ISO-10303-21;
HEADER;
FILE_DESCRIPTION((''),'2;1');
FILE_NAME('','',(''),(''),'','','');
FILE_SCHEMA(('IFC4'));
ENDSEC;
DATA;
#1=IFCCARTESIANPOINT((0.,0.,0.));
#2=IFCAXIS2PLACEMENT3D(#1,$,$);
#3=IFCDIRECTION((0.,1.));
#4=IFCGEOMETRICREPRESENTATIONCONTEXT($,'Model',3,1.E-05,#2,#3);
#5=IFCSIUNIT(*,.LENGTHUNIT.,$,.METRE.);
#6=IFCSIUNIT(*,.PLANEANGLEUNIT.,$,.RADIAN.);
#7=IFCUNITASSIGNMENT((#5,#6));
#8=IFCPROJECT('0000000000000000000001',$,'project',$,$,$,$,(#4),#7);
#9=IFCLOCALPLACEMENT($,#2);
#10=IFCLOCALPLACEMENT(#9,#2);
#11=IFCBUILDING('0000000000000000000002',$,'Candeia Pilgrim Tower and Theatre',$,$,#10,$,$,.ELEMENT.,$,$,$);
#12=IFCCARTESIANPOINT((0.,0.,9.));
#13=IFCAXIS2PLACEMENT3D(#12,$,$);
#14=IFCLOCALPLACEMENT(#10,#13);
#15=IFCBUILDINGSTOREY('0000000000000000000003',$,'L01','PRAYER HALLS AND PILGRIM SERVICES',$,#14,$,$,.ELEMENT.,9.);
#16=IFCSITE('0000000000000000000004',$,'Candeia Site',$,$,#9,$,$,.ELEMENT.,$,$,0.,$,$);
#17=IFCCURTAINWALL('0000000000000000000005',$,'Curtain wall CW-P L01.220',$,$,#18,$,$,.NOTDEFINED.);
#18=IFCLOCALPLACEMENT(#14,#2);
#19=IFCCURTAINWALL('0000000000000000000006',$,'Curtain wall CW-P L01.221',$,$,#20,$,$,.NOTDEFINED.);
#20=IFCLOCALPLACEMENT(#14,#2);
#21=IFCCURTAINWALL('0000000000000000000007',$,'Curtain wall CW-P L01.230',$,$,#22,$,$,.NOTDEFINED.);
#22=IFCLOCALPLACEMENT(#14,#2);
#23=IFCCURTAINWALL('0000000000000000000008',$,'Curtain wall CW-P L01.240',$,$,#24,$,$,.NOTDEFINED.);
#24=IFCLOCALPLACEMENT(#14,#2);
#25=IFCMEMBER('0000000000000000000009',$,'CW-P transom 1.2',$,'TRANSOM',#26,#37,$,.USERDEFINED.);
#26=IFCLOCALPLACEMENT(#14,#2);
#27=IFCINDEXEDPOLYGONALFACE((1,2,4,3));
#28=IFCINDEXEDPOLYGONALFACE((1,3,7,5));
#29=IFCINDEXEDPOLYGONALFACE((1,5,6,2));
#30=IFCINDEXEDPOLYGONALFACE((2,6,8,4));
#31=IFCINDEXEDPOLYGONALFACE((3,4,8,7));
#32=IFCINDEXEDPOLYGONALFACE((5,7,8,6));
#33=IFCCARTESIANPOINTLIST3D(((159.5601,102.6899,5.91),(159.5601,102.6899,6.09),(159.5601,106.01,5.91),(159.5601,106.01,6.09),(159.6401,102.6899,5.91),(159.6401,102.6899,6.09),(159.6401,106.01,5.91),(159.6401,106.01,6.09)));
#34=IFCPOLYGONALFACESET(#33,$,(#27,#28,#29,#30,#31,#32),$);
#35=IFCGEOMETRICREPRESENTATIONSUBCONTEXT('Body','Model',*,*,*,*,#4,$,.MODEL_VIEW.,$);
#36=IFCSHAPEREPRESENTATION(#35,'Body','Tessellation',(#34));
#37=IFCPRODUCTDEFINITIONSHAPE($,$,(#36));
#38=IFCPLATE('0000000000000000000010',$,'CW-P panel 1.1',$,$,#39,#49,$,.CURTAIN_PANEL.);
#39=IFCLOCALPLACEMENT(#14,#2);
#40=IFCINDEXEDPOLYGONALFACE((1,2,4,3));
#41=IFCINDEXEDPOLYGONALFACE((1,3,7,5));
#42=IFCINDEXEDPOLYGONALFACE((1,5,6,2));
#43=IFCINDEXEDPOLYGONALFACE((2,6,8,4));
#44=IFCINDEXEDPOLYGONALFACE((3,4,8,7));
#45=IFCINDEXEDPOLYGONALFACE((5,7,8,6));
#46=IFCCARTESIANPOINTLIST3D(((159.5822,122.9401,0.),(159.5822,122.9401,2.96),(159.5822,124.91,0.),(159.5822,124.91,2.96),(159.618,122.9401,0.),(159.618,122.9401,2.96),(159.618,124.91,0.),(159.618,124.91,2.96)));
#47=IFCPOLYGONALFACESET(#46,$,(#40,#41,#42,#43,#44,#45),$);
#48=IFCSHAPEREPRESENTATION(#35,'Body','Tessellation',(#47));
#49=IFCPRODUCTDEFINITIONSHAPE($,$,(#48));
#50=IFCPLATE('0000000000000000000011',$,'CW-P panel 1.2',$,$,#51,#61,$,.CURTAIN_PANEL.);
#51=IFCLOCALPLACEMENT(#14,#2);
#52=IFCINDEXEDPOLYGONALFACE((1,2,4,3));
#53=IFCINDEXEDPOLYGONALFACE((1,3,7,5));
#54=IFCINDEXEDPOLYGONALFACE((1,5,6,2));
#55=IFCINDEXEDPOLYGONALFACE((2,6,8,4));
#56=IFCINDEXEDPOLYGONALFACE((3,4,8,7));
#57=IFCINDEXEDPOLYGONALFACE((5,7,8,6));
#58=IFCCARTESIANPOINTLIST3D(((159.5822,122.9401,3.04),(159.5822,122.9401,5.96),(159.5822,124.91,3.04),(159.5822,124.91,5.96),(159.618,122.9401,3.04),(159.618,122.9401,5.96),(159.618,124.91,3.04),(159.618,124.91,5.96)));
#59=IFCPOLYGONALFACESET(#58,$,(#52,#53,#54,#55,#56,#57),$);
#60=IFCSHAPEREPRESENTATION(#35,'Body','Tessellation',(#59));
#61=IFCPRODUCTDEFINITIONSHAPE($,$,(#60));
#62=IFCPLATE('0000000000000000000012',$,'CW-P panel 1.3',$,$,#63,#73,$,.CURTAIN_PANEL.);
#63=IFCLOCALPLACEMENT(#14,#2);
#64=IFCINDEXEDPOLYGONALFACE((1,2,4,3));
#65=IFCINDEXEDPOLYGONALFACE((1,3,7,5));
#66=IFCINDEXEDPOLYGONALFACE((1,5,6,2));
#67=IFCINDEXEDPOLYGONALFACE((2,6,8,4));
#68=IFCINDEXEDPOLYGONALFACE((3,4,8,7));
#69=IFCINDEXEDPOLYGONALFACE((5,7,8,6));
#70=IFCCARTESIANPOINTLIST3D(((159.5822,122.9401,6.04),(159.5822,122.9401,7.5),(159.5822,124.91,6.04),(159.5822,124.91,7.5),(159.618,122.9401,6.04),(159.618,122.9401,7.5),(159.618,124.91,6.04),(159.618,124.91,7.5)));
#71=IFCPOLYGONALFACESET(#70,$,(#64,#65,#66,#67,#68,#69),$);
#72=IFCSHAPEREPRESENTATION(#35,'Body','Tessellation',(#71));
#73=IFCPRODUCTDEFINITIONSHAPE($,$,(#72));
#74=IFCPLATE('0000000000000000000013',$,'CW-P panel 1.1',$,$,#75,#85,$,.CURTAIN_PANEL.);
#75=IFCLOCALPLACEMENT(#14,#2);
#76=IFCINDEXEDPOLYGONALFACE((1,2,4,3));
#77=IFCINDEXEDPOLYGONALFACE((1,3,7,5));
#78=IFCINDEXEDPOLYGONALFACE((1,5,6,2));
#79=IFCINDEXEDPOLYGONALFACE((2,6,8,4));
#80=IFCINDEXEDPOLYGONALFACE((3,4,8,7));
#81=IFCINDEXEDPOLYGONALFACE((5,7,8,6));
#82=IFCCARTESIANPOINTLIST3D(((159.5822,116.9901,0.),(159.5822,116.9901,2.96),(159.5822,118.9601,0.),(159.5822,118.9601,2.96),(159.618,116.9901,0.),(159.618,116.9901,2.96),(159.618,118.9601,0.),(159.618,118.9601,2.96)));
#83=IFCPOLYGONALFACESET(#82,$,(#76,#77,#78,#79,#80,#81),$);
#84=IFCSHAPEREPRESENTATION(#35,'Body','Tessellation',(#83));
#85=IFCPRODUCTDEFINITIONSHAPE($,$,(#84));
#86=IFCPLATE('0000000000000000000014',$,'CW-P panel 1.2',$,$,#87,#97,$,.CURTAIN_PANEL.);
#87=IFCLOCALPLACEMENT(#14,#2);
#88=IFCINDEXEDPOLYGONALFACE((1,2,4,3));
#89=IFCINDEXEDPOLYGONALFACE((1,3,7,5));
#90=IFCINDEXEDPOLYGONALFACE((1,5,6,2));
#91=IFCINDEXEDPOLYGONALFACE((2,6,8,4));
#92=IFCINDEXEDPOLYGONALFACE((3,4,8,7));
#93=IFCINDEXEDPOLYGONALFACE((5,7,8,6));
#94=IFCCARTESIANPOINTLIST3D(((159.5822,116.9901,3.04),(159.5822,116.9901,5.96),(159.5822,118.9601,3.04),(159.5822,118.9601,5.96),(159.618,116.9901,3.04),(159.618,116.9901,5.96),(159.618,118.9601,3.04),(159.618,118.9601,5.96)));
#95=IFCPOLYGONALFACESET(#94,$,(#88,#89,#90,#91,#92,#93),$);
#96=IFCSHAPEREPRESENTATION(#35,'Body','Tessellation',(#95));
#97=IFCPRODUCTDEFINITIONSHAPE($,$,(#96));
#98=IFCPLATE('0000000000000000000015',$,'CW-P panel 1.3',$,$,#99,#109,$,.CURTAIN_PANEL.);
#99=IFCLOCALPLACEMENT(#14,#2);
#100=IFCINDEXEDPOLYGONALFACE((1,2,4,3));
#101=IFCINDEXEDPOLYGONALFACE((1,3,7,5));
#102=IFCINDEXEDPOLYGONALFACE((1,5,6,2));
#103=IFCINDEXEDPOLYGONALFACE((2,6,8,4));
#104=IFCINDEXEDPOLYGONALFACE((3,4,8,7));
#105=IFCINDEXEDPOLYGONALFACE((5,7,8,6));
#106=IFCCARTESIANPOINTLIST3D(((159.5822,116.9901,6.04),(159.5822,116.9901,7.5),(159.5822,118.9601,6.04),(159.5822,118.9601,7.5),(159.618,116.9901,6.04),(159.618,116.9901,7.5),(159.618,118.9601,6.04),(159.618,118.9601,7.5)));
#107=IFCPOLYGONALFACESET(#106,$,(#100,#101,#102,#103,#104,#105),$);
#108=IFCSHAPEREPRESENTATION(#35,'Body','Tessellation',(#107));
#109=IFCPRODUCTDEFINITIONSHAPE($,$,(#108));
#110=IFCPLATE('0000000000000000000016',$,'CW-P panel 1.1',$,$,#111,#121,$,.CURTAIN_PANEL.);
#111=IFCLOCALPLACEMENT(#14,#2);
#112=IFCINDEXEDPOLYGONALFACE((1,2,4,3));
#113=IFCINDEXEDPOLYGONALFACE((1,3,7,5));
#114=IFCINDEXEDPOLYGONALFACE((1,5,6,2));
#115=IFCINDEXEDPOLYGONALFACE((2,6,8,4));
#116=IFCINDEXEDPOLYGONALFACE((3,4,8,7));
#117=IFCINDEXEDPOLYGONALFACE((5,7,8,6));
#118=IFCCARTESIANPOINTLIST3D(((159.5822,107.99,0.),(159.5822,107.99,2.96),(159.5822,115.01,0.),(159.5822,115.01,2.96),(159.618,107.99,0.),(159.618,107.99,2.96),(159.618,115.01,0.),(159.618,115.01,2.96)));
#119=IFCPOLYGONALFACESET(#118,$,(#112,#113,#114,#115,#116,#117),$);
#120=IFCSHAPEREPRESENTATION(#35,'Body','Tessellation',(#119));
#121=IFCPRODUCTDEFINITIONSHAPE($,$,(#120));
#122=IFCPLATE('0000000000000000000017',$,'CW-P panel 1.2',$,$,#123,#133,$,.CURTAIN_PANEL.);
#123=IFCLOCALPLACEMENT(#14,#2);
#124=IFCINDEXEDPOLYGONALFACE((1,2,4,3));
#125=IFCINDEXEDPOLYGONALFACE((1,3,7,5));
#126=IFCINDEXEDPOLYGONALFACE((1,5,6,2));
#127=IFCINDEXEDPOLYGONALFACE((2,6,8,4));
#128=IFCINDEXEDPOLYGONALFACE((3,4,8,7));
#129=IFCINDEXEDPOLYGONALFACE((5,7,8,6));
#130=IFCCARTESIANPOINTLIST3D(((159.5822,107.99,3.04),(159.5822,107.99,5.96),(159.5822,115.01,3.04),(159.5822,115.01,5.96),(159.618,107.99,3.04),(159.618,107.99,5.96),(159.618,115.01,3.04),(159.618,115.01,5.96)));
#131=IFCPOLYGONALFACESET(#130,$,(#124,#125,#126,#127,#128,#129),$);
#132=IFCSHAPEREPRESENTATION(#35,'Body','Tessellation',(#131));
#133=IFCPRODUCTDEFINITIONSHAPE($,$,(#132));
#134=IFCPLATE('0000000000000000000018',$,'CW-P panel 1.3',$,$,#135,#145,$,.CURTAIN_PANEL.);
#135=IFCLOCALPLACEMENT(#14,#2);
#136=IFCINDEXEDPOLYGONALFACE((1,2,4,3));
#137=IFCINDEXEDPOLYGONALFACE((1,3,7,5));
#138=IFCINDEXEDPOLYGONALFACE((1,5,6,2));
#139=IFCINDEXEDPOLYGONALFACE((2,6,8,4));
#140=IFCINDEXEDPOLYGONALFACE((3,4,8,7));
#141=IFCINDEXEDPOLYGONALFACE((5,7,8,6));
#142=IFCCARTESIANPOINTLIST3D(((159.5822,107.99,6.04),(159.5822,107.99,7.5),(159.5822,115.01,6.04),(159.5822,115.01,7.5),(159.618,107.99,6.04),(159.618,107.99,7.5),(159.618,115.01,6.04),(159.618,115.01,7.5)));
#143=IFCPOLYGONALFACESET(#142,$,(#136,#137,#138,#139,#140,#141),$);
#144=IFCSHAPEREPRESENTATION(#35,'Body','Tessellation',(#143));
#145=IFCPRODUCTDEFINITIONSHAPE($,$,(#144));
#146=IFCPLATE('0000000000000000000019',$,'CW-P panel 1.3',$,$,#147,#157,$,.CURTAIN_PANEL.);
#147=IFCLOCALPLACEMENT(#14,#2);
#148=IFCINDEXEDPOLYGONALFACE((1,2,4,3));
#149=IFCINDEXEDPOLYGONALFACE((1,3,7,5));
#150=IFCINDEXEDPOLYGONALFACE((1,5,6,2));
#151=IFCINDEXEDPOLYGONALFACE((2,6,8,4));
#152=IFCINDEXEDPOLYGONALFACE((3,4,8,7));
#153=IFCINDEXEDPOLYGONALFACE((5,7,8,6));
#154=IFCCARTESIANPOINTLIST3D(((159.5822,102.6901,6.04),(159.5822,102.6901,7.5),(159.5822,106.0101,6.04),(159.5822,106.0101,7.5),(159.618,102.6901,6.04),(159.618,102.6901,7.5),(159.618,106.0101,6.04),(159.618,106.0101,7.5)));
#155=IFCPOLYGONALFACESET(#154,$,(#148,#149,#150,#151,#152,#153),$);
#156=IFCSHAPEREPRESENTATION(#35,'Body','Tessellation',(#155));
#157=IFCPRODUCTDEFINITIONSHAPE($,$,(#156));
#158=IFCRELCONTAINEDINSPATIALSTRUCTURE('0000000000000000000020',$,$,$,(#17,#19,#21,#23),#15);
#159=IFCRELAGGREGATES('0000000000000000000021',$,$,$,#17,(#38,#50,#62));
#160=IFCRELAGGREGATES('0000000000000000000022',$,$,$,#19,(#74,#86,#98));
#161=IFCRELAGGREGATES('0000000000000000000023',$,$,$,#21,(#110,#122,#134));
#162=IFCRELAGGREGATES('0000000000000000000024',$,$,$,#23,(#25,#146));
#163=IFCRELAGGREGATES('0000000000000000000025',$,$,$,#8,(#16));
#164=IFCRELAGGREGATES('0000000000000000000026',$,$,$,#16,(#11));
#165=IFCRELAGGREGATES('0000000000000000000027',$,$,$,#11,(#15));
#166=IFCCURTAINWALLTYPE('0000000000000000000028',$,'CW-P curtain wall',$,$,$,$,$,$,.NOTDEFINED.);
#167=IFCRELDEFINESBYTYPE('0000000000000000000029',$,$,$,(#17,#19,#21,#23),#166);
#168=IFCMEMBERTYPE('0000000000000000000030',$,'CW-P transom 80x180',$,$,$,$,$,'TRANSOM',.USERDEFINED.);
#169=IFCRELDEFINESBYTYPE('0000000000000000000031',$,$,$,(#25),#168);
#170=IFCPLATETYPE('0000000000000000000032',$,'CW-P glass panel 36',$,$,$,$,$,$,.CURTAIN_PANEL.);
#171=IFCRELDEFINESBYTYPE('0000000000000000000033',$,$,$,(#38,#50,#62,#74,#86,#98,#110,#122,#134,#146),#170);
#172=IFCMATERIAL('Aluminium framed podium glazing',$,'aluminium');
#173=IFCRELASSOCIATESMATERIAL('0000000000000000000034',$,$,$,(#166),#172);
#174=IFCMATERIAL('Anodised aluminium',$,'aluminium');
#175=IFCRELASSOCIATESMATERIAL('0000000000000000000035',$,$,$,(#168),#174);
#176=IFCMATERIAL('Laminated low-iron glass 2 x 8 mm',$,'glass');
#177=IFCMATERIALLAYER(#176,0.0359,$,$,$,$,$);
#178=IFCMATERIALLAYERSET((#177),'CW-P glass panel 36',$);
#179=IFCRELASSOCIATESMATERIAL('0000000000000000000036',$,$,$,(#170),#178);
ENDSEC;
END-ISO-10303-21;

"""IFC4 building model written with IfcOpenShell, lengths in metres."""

from ifc_helpers import new_model, si_unit, direction, frame, origin, origin_2d, place, context, subcontext, project, spatial, rectangle, extrude, material, layer, layer_set, material_profile, profile_set, type_object, element, aggregate, save


model = new_model("IFC4")

# Units and contexts
model_context = context("Model", 3, precision=1e-05, world=origin(), true_north=direction((0.0, 1.0)))
body_context = subcontext(model_context, "Body", "Model", "MODEL_VIEW")
ifc_project = project(units=[si_unit("LENGTHUNIT", "METRE"), si_unit("PLANEANGLEUNIT", "RADIAN")], contexts=[model_context])

# Site, building, storey
site_placement = place(None, origin())
site = spatial("IfcSite", under=ifc_project, at=site_placement, Name="Candeia Site", CompositionType="ELEMENT", RefElevation=0.0)
building_placement = place(site_placement, origin())
building = spatial("IfcBuilding", under=site, at=building_placement, Name="Candeia Pilgrim Tower and Theatre", CompositionType="ELEMENT")
storey_placement = place(building_placement, frame((0.0, 0.0, 9.0)))
storey = spatial("IfcBuildingStorey", under=building, at=storey_placement, Name="L01", Description="PRAYER HALLS AND PILGRIM SERVICES", CompositionType="ELEMENT", Elevation=9.0)

# Curtain wall
ifc_material_1 = material(Name="Aluminium framed podium glazing", Category="aluminium")
curtain_wall_type = type_object("IfcCurtainWallType", Name="CW-P curtain wall", PredefinedType="NOTDEFINED", material=ifc_material_1)
curtain_wall_1_placement = place(storey_placement, origin())
curtain_wall_1 = element("IfcCurtainWall", 1, at=curtain_wall_1_placement, inside=storey, type_object=curtain_wall_type, Name="Curtain wall CW-P L01.220", PredefinedType="NOTDEFINED")
ifc_material_2 = material(Name="Anodised aluminium", Category="aluminium")

# Curtain walls
curtain_wall_2_placement = place(storey_placement, origin())
curtain_wall_2 = element("IfcCurtainWall", 2, at=curtain_wall_2_placement, inside=storey, type_object=curtain_wall_type, Name="Curtain wall CW-P L01.221", PredefinedType="NOTDEFINED")
curtain_wall_3_placement = place(storey_placement, origin())
curtain_wall_3 = element("IfcCurtainWall", 3, at=curtain_wall_3_placement, inside=storey, type_object=curtain_wall_type, Name="Curtain wall CW-P L01.230", PredefinedType="NOTDEFINED")

# Curtain wall
curtain_wall_4_placement = place(storey_placement, origin())
curtain_wall_4 = element("IfcCurtainWall", 4, at=curtain_wall_4_placement, inside=storey, type_object=curtain_wall_type, Name="Curtain wall CW-P L01.240", PredefinedType="NOTDEFINED")

# Member
ifc_material_profile_1 = material_profile(ifc_material_2, rectangle(XDim=0.0801, YDim=0.1799, at=origin_2d()))
ifc_profile_set_1 = profile_set([ifc_material_profile_1], Name="Anodised aluminium")
member_type_1 = type_object("IfcMemberType", Name="CW-P transom 80x180", ElementType="TRANSOM", PredefinedType="USERDEFINED", material=ifc_profile_set_1)
member_1_placement = place(storey_placement, frame((159.6001, 106.01, 6.0), z_axis=(0.0, -1.0, 0.0), x_axis=(1.0, 0.0, 0.0)))
member_1 = element("IfcMember", 5, at=member_1_placement, type_object=member_type_1, Name="CW-P transom 1.2", ObjectType="TRANSOM", PredefinedType="USERDEFINED", context=body_context, shape_type="SweptSolid", body=[
    extrude(rectangle(XDim=0.0801, YDim=0.1799, at=origin_2d()), origin(), (0.0, 0.0, 1.0), 3.3201),
])

# Plates
ifc_material_3 = material(Name="Laminated low-iron glass 2 x 8 mm", Category="glass")
ifc_layer_1 = layer(ifc_material_3, 0.0359)
ifc_layer_set_1 = layer_set([ifc_layer_1], Name="CW-P glass panel 36")
plate_type = type_object("IfcPlateType", Name="CW-P glass panel 36", PredefinedType="CURTAIN_PANEL", material=ifc_layer_set_1)
plate_1_placement = place(storey_placement, frame((159.6001, 123.925, 0.0), z_axis=(0.0, 0.0, 1.0), x_axis=(0.0, -1.0, 0.0)))
plate_1 = element("IfcPlate", 6, at=plate_1_placement, type_object=plate_type, Name="CW-P panel 1.1", PredefinedType="CURTAIN_PANEL", context=body_context, shape_type="SweptSolid", body=[
    extrude(rectangle(XDim=1.97, YDim=0.0359, at=origin_2d()), origin(), (0.0, 0.0, 1.0), 2.96),
])
plate_2_placement = place(storey_placement, frame((159.6001, 123.925, 3.04), z_axis=(0.0, 0.0, 1.0), x_axis=(0.0, -1.0, 0.0)))
plate_2 = element("IfcPlate", 7, at=plate_2_placement, type_object=plate_type, Name="CW-P panel 1.2", PredefinedType="CURTAIN_PANEL", context=body_context, shape_type="SweptSolid", body=[
    extrude(rectangle(XDim=1.97, YDim=0.0359, at=origin_2d()), origin(), (0.0, 0.0, 1.0), 2.9199),
])
plate_3_placement = place(storey_placement, frame((159.6001, 123.925, 6.04), z_axis=(0.0, 0.0, 1.0), x_axis=(0.0, -1.0, 0.0)))
plate_3 = element("IfcPlate", 8, at=plate_3_placement, type_object=plate_type, Name="CW-P panel 1.3", PredefinedType="CURTAIN_PANEL", context=body_context, shape_type="SweptSolid", body=[
    extrude(rectangle(XDim=1.97, YDim=0.0359, at=origin_2d()), origin(), (0.0, 0.0, 1.0), 1.46),
])
aggregate(curtain_wall_1, [plate_1, plate_2, plate_3])
plate_4_placement = place(storey_placement, frame((159.6001, 117.9751, 0.0), z_axis=(0.0, 0.0, 1.0), x_axis=(0.0, -1.0, 0.0)))
plate_4 = element("IfcPlate", 9, at=plate_4_placement, type_object=plate_type, Name="CW-P panel 1.1", PredefinedType="CURTAIN_PANEL", context=body_context, shape_type="SweptSolid", body=[
    extrude(rectangle(XDim=1.97, YDim=0.0359, at=origin_2d()), origin(), (0.0, 0.0, 1.0), 2.96),
])
plate_5_placement = place(storey_placement, frame((159.6001, 117.9751, 3.04), z_axis=(0.0, 0.0, 1.0), x_axis=(0.0, -1.0, 0.0)))
plate_5 = element("IfcPlate", 10, at=plate_5_placement, type_object=plate_type, Name="CW-P panel 1.2", PredefinedType="CURTAIN_PANEL", context=body_context, shape_type="SweptSolid", body=[
    extrude(rectangle(XDim=1.97, YDim=0.0359, at=origin_2d()), origin(), (0.0, 0.0, 1.0), 2.9199),
])
plate_6_placement = place(storey_placement, frame((159.6001, 117.9751, 6.04), z_axis=(0.0, 0.0, 1.0), x_axis=(0.0, -1.0, 0.0)))
plate_6 = element("IfcPlate", 11, at=plate_6_placement, type_object=plate_type, Name="CW-P panel 1.3", PredefinedType="CURTAIN_PANEL", context=body_context, shape_type="SweptSolid", body=[
    extrude(rectangle(XDim=1.97, YDim=0.0359, at=origin_2d()), origin(), (0.0, 0.0, 1.0), 1.46),
])
aggregate(curtain_wall_2, [plate_4, plate_5, plate_6])
plate_7_placement = place(storey_placement, frame((159.6001, 111.5, 0.0), z_axis=(0.0, 0.0, 1.0), x_axis=(0.0, -1.0, 0.0)))
plate_7 = element("IfcPlate", 12, at=plate_7_placement, type_object=plate_type, Name="CW-P panel 1.1", PredefinedType="CURTAIN_PANEL", context=body_context, shape_type="SweptSolid", body=[
    extrude(rectangle(XDim=7.02, YDim=0.0359, at=origin_2d()), origin(), (0.0, 0.0, 1.0), 2.96),
])
plate_8_placement = place(storey_placement, frame((159.6001, 111.5, 3.04), z_axis=(0.0, 0.0, 1.0), x_axis=(0.0, -1.0, 0.0)))
plate_8 = element("IfcPlate", 13, at=plate_8_placement, type_object=plate_type, Name="CW-P panel 1.2", PredefinedType="CURTAIN_PANEL", context=body_context, shape_type="SweptSolid", body=[
    extrude(rectangle(XDim=7.02, YDim=0.0359, at=origin_2d()), origin(), (0.0, 0.0, 1.0), 2.9199),
])
plate_9_placement = place(storey_placement, frame((159.6001, 111.5, 6.04), z_axis=(0.0, 0.0, 1.0), x_axis=(0.0, -1.0, 0.0)))
plate_9 = element("IfcPlate", 14, at=plate_9_placement, type_object=plate_type, Name="CW-P panel 1.3", PredefinedType="CURTAIN_PANEL", context=body_context, shape_type="SweptSolid", body=[
    extrude(rectangle(XDim=7.02, YDim=0.0359, at=origin_2d()), origin(), (0.0, 0.0, 1.0), 1.46),
])
aggregate(curtain_wall_3, [plate_7, plate_8, plate_9])
plate_10_placement = place(storey_placement, frame((159.6001, 104.3501, 6.04), z_axis=(0.0, 0.0, 1.0), x_axis=(0.0, -1.0, 0.0)))
plate_10 = element("IfcPlate", 15, at=plate_10_placement, type_object=plate_type, Name="CW-P panel 1.3", PredefinedType="CURTAIN_PANEL", context=body_context, shape_type="SweptSolid", body=[
    extrude(rectangle(XDim=3.3201, YDim=0.0359, at=origin_2d()), origin(), (0.0, 0.0, 1.0), 1.46),
])
aggregate(curtain_wall_4, [member_1, plate_10])

save(model, "model.ifc")
